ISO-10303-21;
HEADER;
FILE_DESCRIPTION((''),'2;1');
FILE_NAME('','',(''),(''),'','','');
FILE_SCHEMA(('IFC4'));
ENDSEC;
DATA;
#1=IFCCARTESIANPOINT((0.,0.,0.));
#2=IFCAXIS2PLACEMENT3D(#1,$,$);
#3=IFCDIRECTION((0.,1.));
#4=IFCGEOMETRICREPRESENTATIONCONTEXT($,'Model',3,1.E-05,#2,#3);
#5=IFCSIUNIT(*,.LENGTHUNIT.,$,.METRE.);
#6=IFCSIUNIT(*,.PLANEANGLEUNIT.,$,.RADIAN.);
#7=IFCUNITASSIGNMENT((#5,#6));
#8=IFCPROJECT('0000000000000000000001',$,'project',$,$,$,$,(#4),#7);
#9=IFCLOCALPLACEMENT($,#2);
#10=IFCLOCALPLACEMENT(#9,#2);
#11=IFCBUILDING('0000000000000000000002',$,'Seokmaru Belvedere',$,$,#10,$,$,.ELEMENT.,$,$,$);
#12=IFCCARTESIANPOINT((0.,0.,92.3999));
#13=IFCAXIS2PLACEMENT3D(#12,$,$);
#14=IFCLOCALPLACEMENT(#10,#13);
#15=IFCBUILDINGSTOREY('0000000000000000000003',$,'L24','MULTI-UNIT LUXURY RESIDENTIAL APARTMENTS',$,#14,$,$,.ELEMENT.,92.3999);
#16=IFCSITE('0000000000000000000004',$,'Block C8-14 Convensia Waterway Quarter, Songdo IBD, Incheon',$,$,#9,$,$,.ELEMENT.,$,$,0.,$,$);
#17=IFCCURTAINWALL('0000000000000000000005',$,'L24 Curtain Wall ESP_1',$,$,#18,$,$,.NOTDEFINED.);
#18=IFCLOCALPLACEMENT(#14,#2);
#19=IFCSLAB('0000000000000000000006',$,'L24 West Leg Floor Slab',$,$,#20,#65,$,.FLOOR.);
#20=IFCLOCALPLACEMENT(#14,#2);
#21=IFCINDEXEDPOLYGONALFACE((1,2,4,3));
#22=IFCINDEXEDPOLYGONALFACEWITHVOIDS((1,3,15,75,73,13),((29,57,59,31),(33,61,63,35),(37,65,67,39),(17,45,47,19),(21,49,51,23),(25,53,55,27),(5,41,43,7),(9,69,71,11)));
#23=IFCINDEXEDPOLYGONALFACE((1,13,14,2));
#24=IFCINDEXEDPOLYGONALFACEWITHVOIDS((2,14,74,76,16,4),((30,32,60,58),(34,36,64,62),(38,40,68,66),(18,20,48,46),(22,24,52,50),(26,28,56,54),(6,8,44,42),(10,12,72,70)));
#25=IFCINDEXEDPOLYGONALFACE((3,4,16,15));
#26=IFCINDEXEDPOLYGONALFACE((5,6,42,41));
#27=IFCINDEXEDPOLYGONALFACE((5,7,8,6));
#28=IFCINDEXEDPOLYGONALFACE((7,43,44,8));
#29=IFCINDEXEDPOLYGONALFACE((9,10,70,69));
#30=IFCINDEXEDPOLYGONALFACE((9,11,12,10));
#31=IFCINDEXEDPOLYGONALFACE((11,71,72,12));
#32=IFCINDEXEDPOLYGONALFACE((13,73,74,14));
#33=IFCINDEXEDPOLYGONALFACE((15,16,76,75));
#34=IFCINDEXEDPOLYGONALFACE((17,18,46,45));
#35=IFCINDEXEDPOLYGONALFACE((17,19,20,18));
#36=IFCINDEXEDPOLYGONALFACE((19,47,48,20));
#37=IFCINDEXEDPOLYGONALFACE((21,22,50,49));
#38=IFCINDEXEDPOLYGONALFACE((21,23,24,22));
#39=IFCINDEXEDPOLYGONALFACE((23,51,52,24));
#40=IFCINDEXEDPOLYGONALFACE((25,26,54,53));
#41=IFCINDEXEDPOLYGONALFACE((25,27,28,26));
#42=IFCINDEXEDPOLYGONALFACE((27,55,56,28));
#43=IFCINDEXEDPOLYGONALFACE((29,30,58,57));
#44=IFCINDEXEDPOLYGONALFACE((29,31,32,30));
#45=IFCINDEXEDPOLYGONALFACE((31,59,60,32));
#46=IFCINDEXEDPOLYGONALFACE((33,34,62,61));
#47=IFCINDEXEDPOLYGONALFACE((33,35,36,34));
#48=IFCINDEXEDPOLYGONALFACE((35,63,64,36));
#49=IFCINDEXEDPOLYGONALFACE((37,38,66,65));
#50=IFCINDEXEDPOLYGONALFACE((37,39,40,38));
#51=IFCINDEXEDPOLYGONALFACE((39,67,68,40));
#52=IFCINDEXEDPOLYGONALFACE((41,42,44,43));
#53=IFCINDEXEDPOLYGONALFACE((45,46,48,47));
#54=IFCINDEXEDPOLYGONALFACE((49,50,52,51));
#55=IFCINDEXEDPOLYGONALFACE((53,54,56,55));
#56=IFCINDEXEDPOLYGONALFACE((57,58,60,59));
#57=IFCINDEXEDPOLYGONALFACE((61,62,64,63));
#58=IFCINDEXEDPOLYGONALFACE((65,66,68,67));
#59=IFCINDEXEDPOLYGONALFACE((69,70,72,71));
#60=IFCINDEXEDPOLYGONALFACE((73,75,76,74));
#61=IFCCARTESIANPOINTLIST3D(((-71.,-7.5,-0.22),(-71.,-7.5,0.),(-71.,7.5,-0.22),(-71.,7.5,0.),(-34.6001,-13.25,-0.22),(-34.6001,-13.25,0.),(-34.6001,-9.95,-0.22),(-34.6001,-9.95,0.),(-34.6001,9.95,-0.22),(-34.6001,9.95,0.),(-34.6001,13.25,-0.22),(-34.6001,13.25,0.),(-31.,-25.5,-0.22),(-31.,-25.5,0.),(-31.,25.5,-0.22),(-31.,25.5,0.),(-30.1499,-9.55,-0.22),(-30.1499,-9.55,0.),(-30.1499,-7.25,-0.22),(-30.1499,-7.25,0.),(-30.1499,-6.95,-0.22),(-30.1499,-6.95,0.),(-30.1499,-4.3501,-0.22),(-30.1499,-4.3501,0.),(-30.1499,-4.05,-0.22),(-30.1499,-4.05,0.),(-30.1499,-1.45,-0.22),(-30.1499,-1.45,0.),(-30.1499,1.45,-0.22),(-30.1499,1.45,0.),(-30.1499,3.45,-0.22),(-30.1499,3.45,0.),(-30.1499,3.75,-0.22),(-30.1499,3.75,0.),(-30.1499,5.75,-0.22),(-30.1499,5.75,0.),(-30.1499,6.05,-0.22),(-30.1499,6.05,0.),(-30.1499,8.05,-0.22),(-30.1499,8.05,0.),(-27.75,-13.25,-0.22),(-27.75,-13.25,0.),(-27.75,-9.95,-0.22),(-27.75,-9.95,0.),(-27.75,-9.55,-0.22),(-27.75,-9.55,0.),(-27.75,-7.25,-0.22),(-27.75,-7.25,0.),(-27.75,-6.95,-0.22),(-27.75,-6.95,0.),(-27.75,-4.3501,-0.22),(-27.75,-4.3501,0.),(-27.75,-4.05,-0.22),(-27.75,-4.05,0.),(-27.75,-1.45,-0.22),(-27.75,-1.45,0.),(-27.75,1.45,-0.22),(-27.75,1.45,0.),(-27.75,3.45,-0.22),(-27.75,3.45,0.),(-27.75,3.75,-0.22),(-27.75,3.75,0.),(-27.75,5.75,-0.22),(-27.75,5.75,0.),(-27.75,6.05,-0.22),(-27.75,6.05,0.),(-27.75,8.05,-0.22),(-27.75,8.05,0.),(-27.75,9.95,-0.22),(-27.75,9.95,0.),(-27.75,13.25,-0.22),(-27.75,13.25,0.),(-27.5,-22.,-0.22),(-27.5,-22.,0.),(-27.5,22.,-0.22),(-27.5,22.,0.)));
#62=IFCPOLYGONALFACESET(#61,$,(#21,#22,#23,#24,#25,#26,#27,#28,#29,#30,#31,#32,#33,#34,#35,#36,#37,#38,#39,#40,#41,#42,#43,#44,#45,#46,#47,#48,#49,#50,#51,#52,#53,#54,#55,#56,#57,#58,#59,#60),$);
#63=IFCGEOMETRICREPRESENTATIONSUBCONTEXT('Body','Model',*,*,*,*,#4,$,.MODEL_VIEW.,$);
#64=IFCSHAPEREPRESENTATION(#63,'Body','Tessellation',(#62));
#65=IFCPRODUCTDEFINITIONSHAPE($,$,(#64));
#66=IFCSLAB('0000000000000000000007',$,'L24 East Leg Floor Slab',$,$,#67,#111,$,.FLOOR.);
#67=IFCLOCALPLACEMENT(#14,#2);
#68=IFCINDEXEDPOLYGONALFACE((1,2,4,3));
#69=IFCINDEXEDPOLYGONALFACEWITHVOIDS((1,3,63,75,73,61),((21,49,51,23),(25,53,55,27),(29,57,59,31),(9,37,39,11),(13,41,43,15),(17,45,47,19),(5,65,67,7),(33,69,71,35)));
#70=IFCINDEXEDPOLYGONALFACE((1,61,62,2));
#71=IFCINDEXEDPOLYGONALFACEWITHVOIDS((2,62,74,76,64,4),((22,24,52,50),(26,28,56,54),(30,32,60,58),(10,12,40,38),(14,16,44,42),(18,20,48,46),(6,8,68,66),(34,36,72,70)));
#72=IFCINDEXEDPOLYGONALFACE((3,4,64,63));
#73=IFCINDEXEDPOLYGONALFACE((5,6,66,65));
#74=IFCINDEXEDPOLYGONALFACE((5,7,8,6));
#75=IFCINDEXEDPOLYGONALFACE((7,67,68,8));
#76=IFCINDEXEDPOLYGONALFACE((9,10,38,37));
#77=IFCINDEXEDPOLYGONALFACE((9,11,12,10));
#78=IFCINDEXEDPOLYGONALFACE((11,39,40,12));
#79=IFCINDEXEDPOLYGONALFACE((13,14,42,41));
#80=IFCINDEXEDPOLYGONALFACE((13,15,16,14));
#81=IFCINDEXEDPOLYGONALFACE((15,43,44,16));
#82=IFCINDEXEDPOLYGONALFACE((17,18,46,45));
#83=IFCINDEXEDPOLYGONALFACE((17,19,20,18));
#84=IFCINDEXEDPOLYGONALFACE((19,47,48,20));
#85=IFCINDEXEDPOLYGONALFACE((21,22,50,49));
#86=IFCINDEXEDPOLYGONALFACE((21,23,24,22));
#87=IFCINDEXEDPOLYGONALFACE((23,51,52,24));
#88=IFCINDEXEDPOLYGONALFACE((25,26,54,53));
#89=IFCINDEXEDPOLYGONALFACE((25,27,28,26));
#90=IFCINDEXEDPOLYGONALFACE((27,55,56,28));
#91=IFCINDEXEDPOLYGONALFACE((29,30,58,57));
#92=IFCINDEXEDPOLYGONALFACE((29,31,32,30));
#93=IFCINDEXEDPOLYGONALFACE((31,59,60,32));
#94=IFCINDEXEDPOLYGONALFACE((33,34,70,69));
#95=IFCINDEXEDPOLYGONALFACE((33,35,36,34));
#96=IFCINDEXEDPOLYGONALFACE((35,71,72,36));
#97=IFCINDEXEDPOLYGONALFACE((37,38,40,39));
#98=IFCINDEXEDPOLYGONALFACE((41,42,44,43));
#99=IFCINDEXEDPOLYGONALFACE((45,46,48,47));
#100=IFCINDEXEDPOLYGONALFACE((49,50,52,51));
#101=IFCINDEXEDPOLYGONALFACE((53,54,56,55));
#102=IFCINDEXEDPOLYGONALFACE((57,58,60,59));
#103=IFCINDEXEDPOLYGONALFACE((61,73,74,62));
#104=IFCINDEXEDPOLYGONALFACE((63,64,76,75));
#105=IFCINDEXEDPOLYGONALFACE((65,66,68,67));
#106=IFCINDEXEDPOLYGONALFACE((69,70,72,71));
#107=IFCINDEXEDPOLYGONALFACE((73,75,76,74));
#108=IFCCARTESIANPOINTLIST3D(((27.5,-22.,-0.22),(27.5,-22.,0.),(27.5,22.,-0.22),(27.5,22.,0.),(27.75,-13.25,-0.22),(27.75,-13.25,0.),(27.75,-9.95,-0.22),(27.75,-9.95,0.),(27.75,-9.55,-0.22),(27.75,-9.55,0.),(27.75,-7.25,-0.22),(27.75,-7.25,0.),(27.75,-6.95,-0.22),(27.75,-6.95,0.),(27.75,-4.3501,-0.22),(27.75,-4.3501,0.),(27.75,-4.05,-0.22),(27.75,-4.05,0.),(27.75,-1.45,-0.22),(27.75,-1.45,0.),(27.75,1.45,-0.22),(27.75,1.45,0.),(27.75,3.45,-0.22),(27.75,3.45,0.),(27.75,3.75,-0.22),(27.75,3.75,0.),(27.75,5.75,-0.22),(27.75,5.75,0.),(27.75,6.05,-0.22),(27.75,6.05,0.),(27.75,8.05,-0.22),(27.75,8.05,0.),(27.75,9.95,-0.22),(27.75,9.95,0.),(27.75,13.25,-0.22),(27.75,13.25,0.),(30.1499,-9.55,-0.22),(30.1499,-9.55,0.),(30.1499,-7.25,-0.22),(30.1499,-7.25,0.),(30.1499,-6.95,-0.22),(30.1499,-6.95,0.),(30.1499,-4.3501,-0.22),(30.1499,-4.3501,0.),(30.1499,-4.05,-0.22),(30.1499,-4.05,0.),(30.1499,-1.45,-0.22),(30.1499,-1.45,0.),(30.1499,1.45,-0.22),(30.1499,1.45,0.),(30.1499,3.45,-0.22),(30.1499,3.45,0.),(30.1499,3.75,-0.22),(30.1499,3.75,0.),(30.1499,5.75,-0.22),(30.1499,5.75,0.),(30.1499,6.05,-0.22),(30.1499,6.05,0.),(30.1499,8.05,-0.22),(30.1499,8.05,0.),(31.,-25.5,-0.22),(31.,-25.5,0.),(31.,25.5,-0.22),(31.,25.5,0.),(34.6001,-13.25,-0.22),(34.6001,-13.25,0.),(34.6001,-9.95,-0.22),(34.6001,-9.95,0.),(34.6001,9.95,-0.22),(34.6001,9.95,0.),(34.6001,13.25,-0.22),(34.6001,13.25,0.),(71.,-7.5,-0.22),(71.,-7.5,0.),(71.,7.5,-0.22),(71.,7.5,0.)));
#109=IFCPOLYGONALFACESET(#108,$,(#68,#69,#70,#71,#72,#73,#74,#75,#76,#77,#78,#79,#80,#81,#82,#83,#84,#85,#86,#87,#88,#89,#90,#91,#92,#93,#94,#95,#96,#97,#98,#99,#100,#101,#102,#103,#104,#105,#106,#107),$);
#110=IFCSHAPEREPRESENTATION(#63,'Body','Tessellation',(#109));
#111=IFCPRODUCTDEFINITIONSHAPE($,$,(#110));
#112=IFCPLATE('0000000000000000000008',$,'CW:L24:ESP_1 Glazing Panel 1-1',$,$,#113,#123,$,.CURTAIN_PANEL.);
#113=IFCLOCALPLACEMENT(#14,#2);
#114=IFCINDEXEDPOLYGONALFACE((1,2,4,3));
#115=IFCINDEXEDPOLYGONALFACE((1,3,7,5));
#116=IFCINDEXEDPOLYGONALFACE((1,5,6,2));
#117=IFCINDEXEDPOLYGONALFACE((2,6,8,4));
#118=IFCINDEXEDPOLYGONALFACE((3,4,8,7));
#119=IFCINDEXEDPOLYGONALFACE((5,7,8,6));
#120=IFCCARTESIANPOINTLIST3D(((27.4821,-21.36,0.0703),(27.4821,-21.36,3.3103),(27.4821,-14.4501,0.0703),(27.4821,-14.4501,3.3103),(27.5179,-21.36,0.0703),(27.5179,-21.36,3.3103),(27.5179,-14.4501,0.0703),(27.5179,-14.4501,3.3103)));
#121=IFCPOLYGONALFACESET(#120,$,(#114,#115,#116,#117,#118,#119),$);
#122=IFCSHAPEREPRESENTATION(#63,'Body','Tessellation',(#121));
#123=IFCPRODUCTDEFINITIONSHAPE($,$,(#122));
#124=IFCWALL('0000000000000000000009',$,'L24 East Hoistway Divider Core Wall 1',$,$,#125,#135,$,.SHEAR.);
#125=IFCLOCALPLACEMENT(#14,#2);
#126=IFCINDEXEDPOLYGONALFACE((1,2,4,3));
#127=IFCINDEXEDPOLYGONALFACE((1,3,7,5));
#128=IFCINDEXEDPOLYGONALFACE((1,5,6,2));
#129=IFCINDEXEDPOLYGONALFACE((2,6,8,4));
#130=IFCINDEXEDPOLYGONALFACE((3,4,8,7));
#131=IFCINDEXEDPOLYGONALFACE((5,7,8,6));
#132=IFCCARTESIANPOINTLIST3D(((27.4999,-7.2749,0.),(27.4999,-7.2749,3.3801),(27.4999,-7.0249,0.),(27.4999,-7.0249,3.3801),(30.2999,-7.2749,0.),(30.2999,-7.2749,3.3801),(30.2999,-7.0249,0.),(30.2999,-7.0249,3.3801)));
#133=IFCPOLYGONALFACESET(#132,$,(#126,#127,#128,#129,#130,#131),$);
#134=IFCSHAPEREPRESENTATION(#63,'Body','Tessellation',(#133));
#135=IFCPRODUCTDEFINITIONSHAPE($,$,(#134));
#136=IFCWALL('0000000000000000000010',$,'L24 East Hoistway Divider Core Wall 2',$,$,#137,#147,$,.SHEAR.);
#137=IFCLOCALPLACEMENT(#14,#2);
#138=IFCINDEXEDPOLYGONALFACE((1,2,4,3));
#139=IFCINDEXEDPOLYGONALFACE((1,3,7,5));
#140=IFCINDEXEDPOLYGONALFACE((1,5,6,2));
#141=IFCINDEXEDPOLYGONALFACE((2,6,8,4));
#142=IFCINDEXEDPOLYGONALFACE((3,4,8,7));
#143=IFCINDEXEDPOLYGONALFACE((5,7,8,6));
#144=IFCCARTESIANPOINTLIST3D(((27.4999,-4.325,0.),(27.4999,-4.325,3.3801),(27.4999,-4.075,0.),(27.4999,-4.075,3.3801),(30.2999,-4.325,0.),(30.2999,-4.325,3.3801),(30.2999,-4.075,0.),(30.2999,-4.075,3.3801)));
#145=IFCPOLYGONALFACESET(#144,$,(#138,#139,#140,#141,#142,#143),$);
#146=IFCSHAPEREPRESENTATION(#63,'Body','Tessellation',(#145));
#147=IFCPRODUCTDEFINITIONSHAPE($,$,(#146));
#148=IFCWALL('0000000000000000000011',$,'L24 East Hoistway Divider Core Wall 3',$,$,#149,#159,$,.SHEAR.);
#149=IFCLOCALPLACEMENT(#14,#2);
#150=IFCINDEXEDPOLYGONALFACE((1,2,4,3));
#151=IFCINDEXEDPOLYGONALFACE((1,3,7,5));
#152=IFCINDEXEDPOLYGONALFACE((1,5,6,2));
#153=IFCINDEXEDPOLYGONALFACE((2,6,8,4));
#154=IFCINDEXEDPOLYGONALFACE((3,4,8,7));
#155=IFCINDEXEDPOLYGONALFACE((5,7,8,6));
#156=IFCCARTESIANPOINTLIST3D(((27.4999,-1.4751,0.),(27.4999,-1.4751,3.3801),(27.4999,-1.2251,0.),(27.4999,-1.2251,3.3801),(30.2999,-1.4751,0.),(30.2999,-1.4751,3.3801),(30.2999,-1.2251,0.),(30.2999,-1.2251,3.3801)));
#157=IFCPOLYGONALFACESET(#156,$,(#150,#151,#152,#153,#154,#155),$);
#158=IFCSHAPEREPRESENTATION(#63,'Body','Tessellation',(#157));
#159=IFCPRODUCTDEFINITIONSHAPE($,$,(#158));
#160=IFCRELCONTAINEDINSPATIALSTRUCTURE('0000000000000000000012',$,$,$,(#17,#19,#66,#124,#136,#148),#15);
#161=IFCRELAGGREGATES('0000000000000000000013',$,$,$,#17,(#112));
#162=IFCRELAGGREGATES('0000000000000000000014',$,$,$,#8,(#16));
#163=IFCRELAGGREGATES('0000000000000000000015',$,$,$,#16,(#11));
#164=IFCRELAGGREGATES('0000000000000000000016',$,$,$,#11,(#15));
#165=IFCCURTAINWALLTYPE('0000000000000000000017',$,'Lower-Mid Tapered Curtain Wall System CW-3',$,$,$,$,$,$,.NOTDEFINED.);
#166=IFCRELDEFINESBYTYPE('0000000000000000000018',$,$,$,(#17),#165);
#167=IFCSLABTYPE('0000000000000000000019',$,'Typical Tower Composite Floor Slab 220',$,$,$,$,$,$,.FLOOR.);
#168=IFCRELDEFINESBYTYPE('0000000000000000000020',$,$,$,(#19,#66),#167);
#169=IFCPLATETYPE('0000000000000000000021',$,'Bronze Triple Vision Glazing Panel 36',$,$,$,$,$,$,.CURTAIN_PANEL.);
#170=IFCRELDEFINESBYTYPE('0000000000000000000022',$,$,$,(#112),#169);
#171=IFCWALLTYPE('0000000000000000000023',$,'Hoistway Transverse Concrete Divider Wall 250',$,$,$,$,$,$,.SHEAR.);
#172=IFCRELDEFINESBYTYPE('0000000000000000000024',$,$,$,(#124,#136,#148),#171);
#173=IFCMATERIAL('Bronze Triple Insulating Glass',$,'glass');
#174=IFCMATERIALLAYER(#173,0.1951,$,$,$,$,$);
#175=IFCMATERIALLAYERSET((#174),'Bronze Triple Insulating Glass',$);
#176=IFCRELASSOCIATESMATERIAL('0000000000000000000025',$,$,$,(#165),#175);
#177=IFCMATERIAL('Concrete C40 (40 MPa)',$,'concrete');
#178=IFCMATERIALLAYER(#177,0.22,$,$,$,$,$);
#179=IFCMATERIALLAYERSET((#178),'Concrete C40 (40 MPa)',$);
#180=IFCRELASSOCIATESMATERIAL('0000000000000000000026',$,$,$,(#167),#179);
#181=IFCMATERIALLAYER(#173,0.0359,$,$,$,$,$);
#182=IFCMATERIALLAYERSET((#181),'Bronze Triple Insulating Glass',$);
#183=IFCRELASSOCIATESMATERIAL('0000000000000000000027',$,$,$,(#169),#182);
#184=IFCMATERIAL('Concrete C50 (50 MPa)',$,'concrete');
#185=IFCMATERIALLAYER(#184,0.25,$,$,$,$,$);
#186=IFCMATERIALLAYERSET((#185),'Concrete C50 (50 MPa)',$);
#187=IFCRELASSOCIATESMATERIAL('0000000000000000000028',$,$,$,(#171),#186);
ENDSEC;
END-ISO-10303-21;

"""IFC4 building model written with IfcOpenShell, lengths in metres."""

from ifc_helpers import new_model, si_unit, direction, frame, frame_2d, origin, origin_2d, place, context, subcontext, project, spatial, polyline, rectangle, outline, extrude, source, transform, mapped, material, layer, layer_set, type_object, type_shapes, element, aggregate, save


model = new_model("IFC4")

# Units and contexts
model_context = context("Model", 3, precision=1e-05, world=origin(), true_north=direction((0.0, 1.0)))
body_context = subcontext(model_context, "Body", "Model", "MODEL_VIEW")
ifc_project = project(units=[si_unit("LENGTHUNIT", "METRE"), si_unit("PLANEANGLEUNIT", "RADIAN")], contexts=[model_context])

# Site, building, storey
site_placement = place(None, origin())
site = spatial("IfcSite", under=ifc_project, at=site_placement, Name="Block C8-14 Convensia Waterway Quarter, Songdo IBD, Incheon", CompositionType="ELEMENT", RefElevation=0.0)
building_placement = place(site_placement, origin())
building = spatial("IfcBuilding", under=site, at=building_placement, Name="Seokmaru Belvedere", CompositionType="ELEMENT")
storey_placement = place(building_placement, frame((0.0, 0.0, 92.3999)))
storey = spatial("IfcBuildingStorey", under=building, at=storey_placement, Name="L24", Description="MULTI-UNIT LUXURY RESIDENTIAL APARTMENTS", CompositionType="ELEMENT", Elevation=92.3999)

# Curtain wall
ifc_material_1 = material(Name="Bronze Triple Insulating Glass", Category="glass")
ifc_layer_1 = layer(ifc_material_1, 0.1951)
ifc_layer_set_1 = layer_set([ifc_layer_1], Name="Bronze Triple Insulating Glass")
curtain_wall_type = type_object("IfcCurtainWallType", Name="Lower-Mid Tapered Curtain Wall System CW-3", PredefinedType="NOTDEFINED", material=ifc_layer_set_1)
curtain_wall_1_placement = place(storey_placement, origin())
curtain_wall_1 = element("IfcCurtainWall", 1, at=curtain_wall_1_placement, inside=storey, type_object=curtain_wall_type, Name="L24 Curtain Wall ESP_1", PredefinedType="NOTDEFINED")

# Shared definitions
ifc_material_2 = material(Name="Concrete C40 (40 MPa)", Category="concrete")

# Slabs
ifc_layer_2 = layer(ifc_material_2, 0.22)
ifc_layer_set_2 = layer_set([ifc_layer_2], Name="Concrete C40 (40 MPa)")
slab_type_1 = type_object("IfcSlabType", Name="Typical Tower Composite Floor Slab 220", PredefinedType="FLOOR", material=ifc_layer_set_2)
slab_1_placement = place(storey_placement, frame((0.0, 0.0, -0.22)))
element("IfcSlab", 2, at=slab_1_placement, inside=storey, type_object=slab_type_1, Name="L24 West Leg Floor Slab", PredefinedType="FLOOR", context=body_context, shape_type="SweptSolid", body=[
    extrude(outline(polyline([(-27.5, -22.0), (-27.5, 22.0), (-31.0, 25.5), (-71.0, 7.5), (-71.0, -7.5), (-31.0, -25.5), (-27.5, -22.0)]), holes=[polyline([(-34.6001, -13.25), (-27.75, -13.25), (-27.75, -9.95), (-34.6001, -9.95), (-34.6001, -13.25)]), polyline([(-34.6001, 9.95), (-27.75, 9.95), (-27.75, 13.25), (-34.6001, 13.25), (-34.6001, 9.95)]), polyline([(-30.1499, -9.55), (-27.75, -9.55), (-27.75, -7.25), (-30.1499, -7.25), (-30.1499, -9.55)]), polyline([(-30.1499, -6.95), (-27.75, -6.95), (-27.75, -4.3501), (-30.1499, -4.3501), (-30.1499, -6.95)]), polyline([(-30.1499, -4.05), (-27.75, -4.05), (-27.75, -1.45), (-30.1499, -1.45), (-30.1499, -4.05)]), polyline([(-30.1499, 1.45), (-27.75, 1.45), (-27.75, 3.45), (-30.1499, 3.45), (-30.1499, 1.45)]), polyline([(-30.1499, 3.75), (-27.75, 3.75), (-27.75, 5.75), (-30.1499, 5.75), (-30.1499, 3.75)]), polyline([(-30.1499, 6.05), (-27.75, 6.05), (-27.75, 8.05), (-30.1499, 8.05), (-30.1499, 6.05)])]), origin(), (0.0, 0.0, 1.0), 0.22),
])
slab_2_placement = place(storey_placement, frame((0.0, 0.0, -0.22)))
element("IfcSlab", 3, at=slab_2_placement, inside=storey, type_object=slab_type_1, Name="L24 East Leg Floor Slab", PredefinedType="FLOOR", context=body_context, shape_type="SweptSolid", body=[
    extrude(outline(polyline([(31.0, -25.5), (71.0, -7.5), (71.0, 7.5), (31.0, 25.5), (27.5, 22.0), (27.5, -22.0), (31.0, -25.5)]), holes=[polyline([(27.75, -13.25), (34.6001, -13.25), (34.6001, -9.95), (27.75, -9.95), (27.75, -13.25)]), polyline([(27.75, 9.95), (34.6001, 9.95), (34.6001, 13.25), (27.75, 13.25), (27.75, 9.95)]), polyline([(27.75, -9.55), (30.1499, -9.55), (30.1499, -7.25), (27.75, -7.25), (27.75, -9.55)]), polyline([(27.75, -6.95), (30.1499, -6.95), (30.1499, -4.3501), (27.75, -4.3501), (27.75, -6.95)]), polyline([(27.75, -4.05), (30.1499, -4.05), (30.1499, -1.45), (27.75, -1.45), (27.75, -4.05)]), polyline([(27.75, 1.45), (30.1499, 1.45), (30.1499, 3.45), (27.75, 3.45), (27.75, 1.45)]), polyline([(27.75, 3.75), (30.1499, 3.75), (30.1499, 5.75), (27.75, 5.75), (27.75, 3.75)]), polyline([(27.75, 6.05), (30.1499, 6.05), (30.1499, 8.05), (27.75, 8.05), (27.75, 6.05)])]), origin(), (0.0, 0.0, 1.0), 0.22),
])

# Plate
ifc_layer_3 = layer(ifc_material_1, 0.0359)
ifc_layer_set_3 = layer_set([ifc_layer_3], Name="Bronze Triple Insulating Glass")
plate_type = type_object("IfcPlateType", Name="Bronze Triple Vision Glazing Panel 36", PredefinedType="CURTAIN_PANEL", material=ifc_layer_set_3)
shared_shape_1 = source(origin(), body_context, "Body", "SweptSolid", [
    extrude(rectangle(XDim=6.9099, YDim=0.0359, at=origin_2d()), origin(), (0.0, 0.0, 1.0), 3.24),
])
type_shapes(plate_type, [shared_shape_1])
plate_placement = place(storey_placement, frame((27.5, -17.905, 0.0703), z_axis=(0.0, 0.0, 1.0), x_axis=(0.0, -1.0, 0.0)))
plate = element("IfcPlate", 4, at=plate_placement, type_object=plate_type, Name="CW:L24:ESP_1 Glazing Panel 1-1", PredefinedType="CURTAIN_PANEL", context=body_context, shape_type="MappedRepresentation", body=[
    mapped(shared_shape_1, transform((0.0, 0.0, 0.0), scale=1.0)),
])
aggregate(curtain_wall_1, [plate])

# Walls
ifc_material_3 = material(Name="Concrete C50 (50 MPa)", Category="concrete")
ifc_layer_4 = layer(ifc_material_3, 0.25)
ifc_layer_set_4 = layer_set([ifc_layer_4], Name="Concrete C50 (50 MPa)")
wall_type_1 = type_object("IfcWallType", Name="Hoistway Transverse Concrete Divider Wall 250", PredefinedType="SHEAR", material=ifc_layer_set_4)
for number, where, z_axis, x_axis, name in (
    (5, (27.5, -7.1499, 0.0), (0.0, 0.0, 1.0), (1.0, 0.0, 0.0), "L24 East Hoistway Divider Core Wall 1"),
    (6, (27.5, -4.2, 0.0), (0.0, 0.0, 1.0), (1.0, 0.0, 0.0), "L24 East Hoistway Divider Core Wall 2"),
    (7, (27.5, -1.3501, 0.0), (0.0, 0.0, 1.0), (1.0, 0.0, 0.0), "L24 East Hoistway Divider Core Wall 3"),
):
    element("IfcWall", number, at=place(storey_placement, frame(where, z_axis=z_axis, x_axis=x_axis)), inside=storey, type_object=wall_type_1, Name=name, PredefinedType="SHEAR", context=body_context, shape_type="SweptSolid", body=[
        extrude(rectangle(XDim=2.8, YDim=0.25, at=frame_2d((1.3999, 0.0))), origin(), (0.0, 0.0, 1.0), 3.3801),
    ])

save(model, "model.ifc")
